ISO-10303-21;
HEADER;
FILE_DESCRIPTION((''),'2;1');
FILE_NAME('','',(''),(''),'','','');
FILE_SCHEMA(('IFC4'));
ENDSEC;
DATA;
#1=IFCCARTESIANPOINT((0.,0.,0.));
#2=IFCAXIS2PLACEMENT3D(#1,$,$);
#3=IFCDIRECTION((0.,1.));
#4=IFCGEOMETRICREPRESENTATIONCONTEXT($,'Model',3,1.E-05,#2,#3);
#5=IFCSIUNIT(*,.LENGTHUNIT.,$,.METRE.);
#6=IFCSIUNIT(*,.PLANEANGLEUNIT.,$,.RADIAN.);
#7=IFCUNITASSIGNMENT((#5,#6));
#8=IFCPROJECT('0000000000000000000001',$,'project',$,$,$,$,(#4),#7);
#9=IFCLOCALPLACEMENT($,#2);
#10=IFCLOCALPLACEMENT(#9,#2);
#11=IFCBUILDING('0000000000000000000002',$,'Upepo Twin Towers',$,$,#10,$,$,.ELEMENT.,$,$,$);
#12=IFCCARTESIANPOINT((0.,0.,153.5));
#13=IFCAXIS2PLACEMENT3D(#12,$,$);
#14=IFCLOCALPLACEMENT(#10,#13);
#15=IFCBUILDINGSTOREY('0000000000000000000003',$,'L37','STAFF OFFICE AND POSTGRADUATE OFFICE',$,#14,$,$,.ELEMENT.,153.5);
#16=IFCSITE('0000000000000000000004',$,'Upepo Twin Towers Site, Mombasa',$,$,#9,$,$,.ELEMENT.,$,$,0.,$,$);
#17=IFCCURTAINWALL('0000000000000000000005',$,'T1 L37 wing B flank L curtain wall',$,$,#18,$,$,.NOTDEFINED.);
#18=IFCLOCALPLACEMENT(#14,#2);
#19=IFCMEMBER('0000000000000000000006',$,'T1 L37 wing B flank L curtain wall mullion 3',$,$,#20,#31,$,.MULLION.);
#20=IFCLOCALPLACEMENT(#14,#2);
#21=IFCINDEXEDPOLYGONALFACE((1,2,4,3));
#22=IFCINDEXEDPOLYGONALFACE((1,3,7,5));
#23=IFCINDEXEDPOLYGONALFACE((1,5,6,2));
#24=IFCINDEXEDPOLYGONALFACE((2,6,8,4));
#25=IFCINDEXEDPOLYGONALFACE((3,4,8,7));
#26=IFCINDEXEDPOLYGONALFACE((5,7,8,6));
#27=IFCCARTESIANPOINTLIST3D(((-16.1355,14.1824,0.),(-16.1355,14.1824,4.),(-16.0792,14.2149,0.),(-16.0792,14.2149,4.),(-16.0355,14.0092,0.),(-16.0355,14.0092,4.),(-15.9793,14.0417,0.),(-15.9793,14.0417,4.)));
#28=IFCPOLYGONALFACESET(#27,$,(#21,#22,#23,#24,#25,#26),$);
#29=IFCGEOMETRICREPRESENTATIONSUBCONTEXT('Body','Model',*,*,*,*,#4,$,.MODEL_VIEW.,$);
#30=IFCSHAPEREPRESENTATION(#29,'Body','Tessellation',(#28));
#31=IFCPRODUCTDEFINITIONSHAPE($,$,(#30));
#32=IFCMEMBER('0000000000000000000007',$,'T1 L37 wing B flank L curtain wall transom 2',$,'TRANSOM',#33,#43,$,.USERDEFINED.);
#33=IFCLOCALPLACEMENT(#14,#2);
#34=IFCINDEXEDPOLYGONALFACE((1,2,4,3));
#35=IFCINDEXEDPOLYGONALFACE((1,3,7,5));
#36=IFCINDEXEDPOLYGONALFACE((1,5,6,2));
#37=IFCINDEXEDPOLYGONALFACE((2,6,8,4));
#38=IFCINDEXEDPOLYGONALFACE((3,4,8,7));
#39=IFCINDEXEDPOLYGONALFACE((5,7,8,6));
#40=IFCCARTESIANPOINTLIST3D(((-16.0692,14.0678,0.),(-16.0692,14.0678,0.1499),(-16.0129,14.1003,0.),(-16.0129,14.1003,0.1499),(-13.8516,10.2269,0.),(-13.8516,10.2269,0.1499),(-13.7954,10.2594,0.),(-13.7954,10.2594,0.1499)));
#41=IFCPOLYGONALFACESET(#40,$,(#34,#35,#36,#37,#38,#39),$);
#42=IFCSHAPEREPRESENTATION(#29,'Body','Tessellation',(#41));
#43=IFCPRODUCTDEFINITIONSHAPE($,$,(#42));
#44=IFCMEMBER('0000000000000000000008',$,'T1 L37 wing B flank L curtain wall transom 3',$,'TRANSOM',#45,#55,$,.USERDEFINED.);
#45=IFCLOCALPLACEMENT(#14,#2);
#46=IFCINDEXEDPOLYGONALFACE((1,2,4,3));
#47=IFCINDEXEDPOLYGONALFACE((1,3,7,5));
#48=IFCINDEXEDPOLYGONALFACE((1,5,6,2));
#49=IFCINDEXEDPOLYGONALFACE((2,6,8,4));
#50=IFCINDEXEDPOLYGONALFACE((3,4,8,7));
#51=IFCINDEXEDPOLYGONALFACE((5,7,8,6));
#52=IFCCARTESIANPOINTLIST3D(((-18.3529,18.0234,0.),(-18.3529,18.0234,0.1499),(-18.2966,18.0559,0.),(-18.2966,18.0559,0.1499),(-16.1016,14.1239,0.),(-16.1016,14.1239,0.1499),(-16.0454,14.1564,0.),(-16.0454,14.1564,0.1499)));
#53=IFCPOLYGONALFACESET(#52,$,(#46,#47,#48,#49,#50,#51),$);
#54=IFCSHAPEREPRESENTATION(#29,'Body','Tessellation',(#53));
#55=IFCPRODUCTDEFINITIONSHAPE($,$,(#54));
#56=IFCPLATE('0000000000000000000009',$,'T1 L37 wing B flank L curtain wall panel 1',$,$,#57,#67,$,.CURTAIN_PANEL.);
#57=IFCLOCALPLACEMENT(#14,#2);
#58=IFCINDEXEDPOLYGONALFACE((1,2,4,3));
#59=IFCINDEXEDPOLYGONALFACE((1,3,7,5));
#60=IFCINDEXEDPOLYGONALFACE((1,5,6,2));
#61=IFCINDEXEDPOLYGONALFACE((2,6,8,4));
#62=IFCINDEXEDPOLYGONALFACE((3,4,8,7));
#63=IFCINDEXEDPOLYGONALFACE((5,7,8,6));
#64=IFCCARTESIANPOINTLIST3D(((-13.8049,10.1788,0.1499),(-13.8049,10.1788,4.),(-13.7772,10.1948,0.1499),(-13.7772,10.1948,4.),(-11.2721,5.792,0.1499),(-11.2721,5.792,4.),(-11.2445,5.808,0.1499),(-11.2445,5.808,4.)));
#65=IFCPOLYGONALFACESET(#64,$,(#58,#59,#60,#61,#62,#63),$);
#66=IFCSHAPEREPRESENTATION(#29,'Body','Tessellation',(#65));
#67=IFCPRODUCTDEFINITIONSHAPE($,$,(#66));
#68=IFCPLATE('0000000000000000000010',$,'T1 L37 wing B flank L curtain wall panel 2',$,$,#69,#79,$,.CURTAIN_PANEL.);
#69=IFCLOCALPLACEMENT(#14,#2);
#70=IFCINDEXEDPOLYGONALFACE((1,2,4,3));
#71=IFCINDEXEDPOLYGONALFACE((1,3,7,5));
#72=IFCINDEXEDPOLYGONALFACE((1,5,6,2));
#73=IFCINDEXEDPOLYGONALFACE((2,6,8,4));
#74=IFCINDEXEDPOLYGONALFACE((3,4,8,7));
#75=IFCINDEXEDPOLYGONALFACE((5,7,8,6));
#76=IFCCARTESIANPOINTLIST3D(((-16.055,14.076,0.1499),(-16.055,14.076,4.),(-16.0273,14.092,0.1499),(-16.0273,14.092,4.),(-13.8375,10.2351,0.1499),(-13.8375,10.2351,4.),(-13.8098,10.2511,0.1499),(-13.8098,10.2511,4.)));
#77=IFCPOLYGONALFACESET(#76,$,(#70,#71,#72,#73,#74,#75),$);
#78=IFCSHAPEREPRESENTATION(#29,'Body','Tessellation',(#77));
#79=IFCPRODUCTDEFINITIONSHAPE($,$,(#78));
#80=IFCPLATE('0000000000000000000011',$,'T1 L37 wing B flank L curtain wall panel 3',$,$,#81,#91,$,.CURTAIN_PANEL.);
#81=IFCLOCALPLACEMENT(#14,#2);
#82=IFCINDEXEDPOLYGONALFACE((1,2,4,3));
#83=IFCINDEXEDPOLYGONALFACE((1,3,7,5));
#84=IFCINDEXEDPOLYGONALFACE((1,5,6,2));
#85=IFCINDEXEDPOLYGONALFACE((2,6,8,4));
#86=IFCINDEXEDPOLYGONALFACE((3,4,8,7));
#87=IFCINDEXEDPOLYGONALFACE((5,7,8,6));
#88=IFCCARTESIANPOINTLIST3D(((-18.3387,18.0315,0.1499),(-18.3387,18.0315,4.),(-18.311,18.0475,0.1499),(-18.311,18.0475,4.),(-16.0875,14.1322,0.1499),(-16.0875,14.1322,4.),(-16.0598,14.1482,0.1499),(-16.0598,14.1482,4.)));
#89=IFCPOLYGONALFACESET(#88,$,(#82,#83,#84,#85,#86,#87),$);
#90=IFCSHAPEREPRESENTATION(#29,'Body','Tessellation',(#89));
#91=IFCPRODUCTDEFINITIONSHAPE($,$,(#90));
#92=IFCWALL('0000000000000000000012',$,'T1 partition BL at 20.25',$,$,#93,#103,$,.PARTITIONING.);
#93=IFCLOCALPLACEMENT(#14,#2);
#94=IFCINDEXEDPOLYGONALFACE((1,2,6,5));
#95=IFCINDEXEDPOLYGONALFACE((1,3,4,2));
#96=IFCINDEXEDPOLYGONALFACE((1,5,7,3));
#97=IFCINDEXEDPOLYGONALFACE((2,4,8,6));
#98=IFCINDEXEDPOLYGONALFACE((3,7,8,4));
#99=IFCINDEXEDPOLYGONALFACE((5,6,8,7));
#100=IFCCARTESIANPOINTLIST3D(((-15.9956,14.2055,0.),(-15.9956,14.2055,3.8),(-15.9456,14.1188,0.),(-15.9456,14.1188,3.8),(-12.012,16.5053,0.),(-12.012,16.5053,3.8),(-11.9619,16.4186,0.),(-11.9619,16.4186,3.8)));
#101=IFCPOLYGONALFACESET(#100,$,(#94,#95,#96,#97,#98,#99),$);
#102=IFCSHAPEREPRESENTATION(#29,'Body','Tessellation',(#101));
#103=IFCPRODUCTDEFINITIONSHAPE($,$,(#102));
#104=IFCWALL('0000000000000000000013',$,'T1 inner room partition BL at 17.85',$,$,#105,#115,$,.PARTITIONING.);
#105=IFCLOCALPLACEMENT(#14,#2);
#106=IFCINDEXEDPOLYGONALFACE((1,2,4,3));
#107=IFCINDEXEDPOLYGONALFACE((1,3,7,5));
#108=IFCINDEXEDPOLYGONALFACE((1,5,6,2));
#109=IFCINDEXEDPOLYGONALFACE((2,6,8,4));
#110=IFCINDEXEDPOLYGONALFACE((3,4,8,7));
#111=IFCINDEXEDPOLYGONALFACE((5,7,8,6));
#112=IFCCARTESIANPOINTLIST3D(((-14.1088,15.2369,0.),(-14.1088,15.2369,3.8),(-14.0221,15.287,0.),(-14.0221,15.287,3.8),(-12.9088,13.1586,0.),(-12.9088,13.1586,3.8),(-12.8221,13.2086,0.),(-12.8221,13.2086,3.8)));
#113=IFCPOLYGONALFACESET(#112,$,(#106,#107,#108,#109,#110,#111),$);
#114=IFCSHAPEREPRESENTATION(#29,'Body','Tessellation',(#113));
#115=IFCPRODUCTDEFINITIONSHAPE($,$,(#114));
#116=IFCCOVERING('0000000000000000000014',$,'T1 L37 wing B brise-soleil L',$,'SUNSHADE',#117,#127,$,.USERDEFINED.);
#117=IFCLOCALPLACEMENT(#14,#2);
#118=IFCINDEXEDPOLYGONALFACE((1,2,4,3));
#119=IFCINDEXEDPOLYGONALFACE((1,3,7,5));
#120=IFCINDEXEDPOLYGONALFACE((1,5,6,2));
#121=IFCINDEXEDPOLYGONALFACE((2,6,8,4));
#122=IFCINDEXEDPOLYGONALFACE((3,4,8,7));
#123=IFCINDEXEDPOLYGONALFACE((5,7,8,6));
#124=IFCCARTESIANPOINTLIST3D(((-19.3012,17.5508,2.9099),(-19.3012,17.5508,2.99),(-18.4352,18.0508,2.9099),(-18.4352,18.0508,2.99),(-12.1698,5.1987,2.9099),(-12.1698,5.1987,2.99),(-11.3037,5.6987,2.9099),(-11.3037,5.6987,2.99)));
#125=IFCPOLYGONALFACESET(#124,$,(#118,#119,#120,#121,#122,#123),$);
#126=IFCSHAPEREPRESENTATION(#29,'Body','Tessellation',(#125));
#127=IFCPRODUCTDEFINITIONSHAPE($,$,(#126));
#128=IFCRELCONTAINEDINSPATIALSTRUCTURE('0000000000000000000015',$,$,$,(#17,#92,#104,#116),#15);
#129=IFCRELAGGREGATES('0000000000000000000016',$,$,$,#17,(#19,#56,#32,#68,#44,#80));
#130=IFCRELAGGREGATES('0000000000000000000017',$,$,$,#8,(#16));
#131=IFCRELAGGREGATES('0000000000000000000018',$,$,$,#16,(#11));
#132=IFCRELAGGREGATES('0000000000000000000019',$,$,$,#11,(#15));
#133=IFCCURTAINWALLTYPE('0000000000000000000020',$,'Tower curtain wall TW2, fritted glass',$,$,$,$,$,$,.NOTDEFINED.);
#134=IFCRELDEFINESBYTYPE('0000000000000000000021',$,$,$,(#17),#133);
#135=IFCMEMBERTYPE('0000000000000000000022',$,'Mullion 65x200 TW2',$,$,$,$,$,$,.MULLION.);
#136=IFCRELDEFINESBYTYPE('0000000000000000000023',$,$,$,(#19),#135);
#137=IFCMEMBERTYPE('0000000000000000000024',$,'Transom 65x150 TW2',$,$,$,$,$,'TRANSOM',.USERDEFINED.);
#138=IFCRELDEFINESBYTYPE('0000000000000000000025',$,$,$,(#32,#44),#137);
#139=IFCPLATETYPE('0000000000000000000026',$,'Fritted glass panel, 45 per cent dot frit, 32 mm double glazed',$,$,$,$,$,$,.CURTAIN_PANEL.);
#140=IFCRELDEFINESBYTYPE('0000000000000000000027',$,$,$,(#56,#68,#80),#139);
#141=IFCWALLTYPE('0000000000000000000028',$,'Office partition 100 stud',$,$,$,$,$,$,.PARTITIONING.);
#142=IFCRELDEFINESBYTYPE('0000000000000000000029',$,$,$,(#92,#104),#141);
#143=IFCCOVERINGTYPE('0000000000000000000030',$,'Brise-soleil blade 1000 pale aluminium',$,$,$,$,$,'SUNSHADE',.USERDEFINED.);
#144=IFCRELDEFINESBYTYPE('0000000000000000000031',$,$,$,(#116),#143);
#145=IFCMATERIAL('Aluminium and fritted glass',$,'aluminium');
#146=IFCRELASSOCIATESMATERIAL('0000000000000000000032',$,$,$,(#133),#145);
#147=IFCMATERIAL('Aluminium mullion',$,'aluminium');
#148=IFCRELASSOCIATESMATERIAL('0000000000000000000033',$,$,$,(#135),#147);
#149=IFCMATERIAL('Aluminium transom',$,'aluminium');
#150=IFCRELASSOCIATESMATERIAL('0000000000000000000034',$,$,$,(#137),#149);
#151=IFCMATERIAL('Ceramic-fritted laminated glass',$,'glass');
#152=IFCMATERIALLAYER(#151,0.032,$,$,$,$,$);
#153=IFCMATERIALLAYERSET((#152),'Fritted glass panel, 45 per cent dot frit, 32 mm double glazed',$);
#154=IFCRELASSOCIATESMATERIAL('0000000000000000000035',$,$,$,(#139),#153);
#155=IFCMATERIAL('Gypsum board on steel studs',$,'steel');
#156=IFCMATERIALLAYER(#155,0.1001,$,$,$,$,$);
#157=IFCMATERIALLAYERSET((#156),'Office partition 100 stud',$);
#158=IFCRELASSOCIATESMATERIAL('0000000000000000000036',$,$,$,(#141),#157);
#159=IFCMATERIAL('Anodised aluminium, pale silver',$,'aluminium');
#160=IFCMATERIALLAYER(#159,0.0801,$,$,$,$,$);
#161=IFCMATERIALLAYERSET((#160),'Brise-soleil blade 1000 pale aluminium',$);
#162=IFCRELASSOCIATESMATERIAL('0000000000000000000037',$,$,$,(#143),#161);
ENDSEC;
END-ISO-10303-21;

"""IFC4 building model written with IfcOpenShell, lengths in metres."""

from ifc_helpers import new_model, si_unit, direction, frame, frame_2d, origin, origin_2d, place, context, subcontext, project, spatial, rectangle, extrude, material, layer, layer_set, material_profile, profile_set, type_object, element, aggregate, save


model = new_model("IFC4")

# Units and contexts
model_context = context("Model", 3, precision=1e-05, world=origin(), true_north=direction((0.0, 1.0)))
body_context = subcontext(model_context, "Body", "Model", "MODEL_VIEW")
ifc_project = project(units=[si_unit("LENGTHUNIT", "METRE"), si_unit("PLANEANGLEUNIT", "RADIAN")], contexts=[model_context])

# Site, building, storey
site_placement = place(None, origin())
site = spatial("IfcSite", under=ifc_project, at=site_placement, Name="Upepo Twin Towers Site, Mombasa", CompositionType="ELEMENT", RefElevation=0.0)
building_placement = place(site_placement, origin())
building = spatial("IfcBuilding", under=site, at=building_placement, Name="Upepo Twin Towers", CompositionType="ELEMENT")
storey_placement = place(building_placement, frame((0.0, 0.0, 153.5)))
storey = spatial("IfcBuildingStorey", under=building, at=storey_placement, Name="L37", Description="STAFF OFFICE AND POSTGRADUATE OFFICE", CompositionType="ELEMENT", Elevation=153.5)

# Curtain wall, members, plates
ifc_material_1 = material(Name="Aluminium and fritted glass", Category="aluminium")
curtain_wall_type = type_object("IfcCurtainWallType", Name="Tower curtain wall TW2, fritted glass", PredefinedType="NOTDEFINED", material=ifc_material_1)
curtain_wall_placement = place(storey_placement, origin())
curtain_wall = element("IfcCurtainWall", 1, at=curtain_wall_placement, inside=storey, type_object=curtain_wall_type, Name="T1 L37 wing B flank L curtain wall", PredefinedType="NOTDEFINED")
ifc_material_2 = material(Name="Aluminium mullion", Category="aluminium")
ifc_material_profile_1 = material_profile(ifc_material_2, rectangle(XDim=0.0649, YDim=0.2, at=origin_2d()), Name="MULLION 65x200")
ifc_profile_set_1 = profile_set([ifc_material_profile_1], Name="Aluminium mullion")
member_type_1 = type_object("IfcMemberType", Name="Mullion 65x200 TW2", PredefinedType="MULLION", material=ifc_profile_set_1)
member_1_placement = place(storey_placement, frame((-16.0574, 14.1121, 0.0), z_axis=(0.0, 0.0, 1.0), x_axis=(-0.866025, -0.5, 0.0)))
member_1 = element("IfcMember", 2, at=member_1_placement, type_object=member_type_1, Name="T1 L37 wing B flank L curtain wall mullion 3", PredefinedType="MULLION", context=body_context, shape_type="SweptSolid", body=[
    extrude(rectangle(XDim=0.0649, YDim=0.2, at=origin_2d()), origin(), (0.0, 0.0, 1.0), 4.0),
])
ifc_material_3 = material(Name="Aluminium transom", Category="aluminium")
ifc_material_profile_2 = material_profile(ifc_material_3, rectangle(XDim=0.0649, YDim=0.1499, at=origin_2d()), Name="TRANSOM 65x150")
ifc_profile_set_2 = profile_set([ifc_material_profile_2], Name="Aluminium transom")
member_type_2 = type_object("IfcMemberType", Name="Transom 65x150 TW2", ElementType="TRANSOM", PredefinedType="USERDEFINED", material=ifc_profile_set_2)
member_2_placement = place(storey_placement, frame((-13.8235, 10.2432, 0.075), z_axis=(-0.500005, 0.866022, 0.0), x_axis=(-0.866022, -0.500005, 0.0)))
member_2 = element("IfcMember", 3, at=member_2_placement, type_object=member_type_2, Name="T1 L37 wing B flank L curtain wall transom 2", ObjectType="TRANSOM", PredefinedType="USERDEFINED", context=body_context, shape_type="SweptSolid", body=[
    extrude(rectangle(XDim=0.0649, YDim=0.1499, at=origin_2d()), origin(), (0.0, 0.0, 1.0), 4.4351),
])
member_3_placement = place(storey_placement, frame((-16.0735, 14.1401, 0.075), z_axis=(-0.499982, 0.866036, 0.0), x_axis=(-0.866036, -0.499982, 0.0)))
member_3 = element("IfcMember", 4, at=member_3_placement, type_object=member_type_2, Name="T1 L37 wing B flank L curtain wall transom 3", ObjectType="TRANSOM", PredefinedType="USERDEFINED", context=body_context, shape_type="SweptSolid", body=[
    extrude(rectangle(XDim=0.0649, YDim=0.1499, at=origin_2d()), origin(), (0.0, 0.0, 1.0), 4.5027),
])
ifc_material_4 = material(Name="Ceramic-fritted laminated glass", Category="glass")
ifc_layer_1 = layer(ifc_material_4, 0.032)
ifc_layer_set_1 = layer_set([ifc_layer_1], Name="Fritted glass panel, 45 per cent dot frit, 32 mm double glazed")
plate_type = type_object("IfcPlateType", Name="Fritted glass panel, 45 per cent dot frit, 32 mm double glazed", PredefinedType="CURTAIN_PANEL", material=ifc_layer_set_1)
plate_1_placement = place(storey_placement, frame((-12.5247, 7.9934, 0.1499), z_axis=(0.0, 0.0, 1.0), x_axis=(-0.5, 0.866025, 0.0)))
plate_1 = element("IfcPlate", 5, at=plate_1_placement, type_object=plate_type, Name="T1 L37 wing B flank L curtain wall panel 1", PredefinedType="CURTAIN_PANEL", context=body_context, shape_type="SweptSolid", body=[
    extrude(rectangle(XDim=5.0654, YDim=0.032, at=origin_2d()), origin(), (0.0, 0.0, 1.0), 3.8501),
])
plate_2_placement = place(storey_placement, frame((-14.9324, 12.1636, 0.1499), z_axis=(0.0, 0.0, 1.0), x_axis=(-0.5, 0.866025, 0.0)))
plate_2 = element("IfcPlate", 6, at=plate_2_placement, type_object=plate_type, Name="T1 L37 wing B flank L curtain wall panel 2", PredefinedType="CURTAIN_PANEL", context=body_context, shape_type="SweptSolid", body=[
    extrude(rectangle(XDim=4.4351, YDim=0.032, at=origin_2d()), origin(), (0.0, 0.0, 1.0), 3.8501),
])
plate_3_placement = place(storey_placement, frame((-17.1992, 16.0898, 0.1499), z_axis=(0.0, 0.0, 1.0), x_axis=(-0.5, 0.866025, 0.0)))
plate_3 = element("IfcPlate", 7, at=plate_3_placement, type_object=plate_type, Name="T1 L37 wing B flank L curtain wall panel 3", PredefinedType="CURTAIN_PANEL", context=body_context, shape_type="SweptSolid", body=[
    extrude(rectangle(XDim=4.5024, YDim=0.032, at=origin_2d()), origin(), (0.0, 0.0, 1.0), 3.8501),
])
aggregate(curtain_wall, [member_1, plate_1, member_2, plate_2, member_3, plate_3])

# Walls
ifc_material_5 = material(Name="Gypsum board on steel studs", Category="steel")
ifc_layer_2 = layer(ifc_material_5, 0.1001)
ifc_layer_set_2 = layer_set([ifc_layer_2], Name="Office partition 100 stud")
wall_type = type_object("IfcWallType", Name="Office partition 100 stud", PredefinedType="PARTITIONING", material=ifc_layer_set_2)
wall_1_placement = place(storey_placement, frame((-11.9871, 16.4619, 0.0), z_axis=(0.0, 0.0, 1.0), x_axis=(-0.86604, -0.499975, 0.0)))
element("IfcWall", 8, at=wall_1_placement, inside=storey, type_object=wall_type, Name="T1 partition BL at 20.25", PredefinedType="PARTITIONING", context=body_context, shape_type="SweptSolid", body=[
    extrude(rectangle(XDim=4.5999, YDim=0.1001, at=frame_2d((2.2998, 0.0))), origin(), (0.0, 0.0, 1.0), 3.8),
])
wall_2_placement = place(storey_placement, frame((-12.8655, 13.1836, 0.0), z_axis=(0.0, 0.0, 1.0), x_axis=(-0.500001, 0.866025, 0.0)))
element("IfcWall", 9, at=wall_2_placement, inside=storey, type_object=wall_type, Name="T1 inner room partition BL at 17.85", PredefinedType="PARTITIONING", context=body_context, shape_type="SweptSolid", body=[
    extrude(rectangle(XDim=2.3999, YDim=0.1001, at=frame_2d((1.2, 0.0))), origin(), (0.0, 0.0, 1.0), 3.8),
])

# Covering
ifc_material_6 = material(Name="Anodised aluminium, pale silver", Category="aluminium")
ifc_layer_3 = layer(ifc_material_6, 0.0801)
ifc_layer_set_3 = layer_set([ifc_layer_3], Name="Brise-soleil blade 1000 pale aluminium")
covering_type = type_object("IfcCoveringType", Name="Brise-soleil blade 1000 pale aluminium", ElementType="SUNSHADE", PredefinedType="USERDEFINED", material=ifc_layer_set_3)
covering_placement = place(storey_placement, frame((-15.3025, 11.6248, 2.9099), z_axis=(0.0, 0.0, 1.0), x_axis=(-0.5, 0.866025, 0.0)))
element("IfcCovering", 10, at=covering_placement, inside=storey, type_object=covering_type, Name="T1 L37 wing B brise-soleil L", ObjectType="SUNSHADE", PredefinedType="USERDEFINED", context=body_context, shape_type="SweptSolid", body=[
    extrude(rectangle(XDim=14.2629, YDim=1.0, at=origin_2d()), origin(), (0.0, 0.0, 1.0), 0.0801),
])

save(model, "model.ifc")
